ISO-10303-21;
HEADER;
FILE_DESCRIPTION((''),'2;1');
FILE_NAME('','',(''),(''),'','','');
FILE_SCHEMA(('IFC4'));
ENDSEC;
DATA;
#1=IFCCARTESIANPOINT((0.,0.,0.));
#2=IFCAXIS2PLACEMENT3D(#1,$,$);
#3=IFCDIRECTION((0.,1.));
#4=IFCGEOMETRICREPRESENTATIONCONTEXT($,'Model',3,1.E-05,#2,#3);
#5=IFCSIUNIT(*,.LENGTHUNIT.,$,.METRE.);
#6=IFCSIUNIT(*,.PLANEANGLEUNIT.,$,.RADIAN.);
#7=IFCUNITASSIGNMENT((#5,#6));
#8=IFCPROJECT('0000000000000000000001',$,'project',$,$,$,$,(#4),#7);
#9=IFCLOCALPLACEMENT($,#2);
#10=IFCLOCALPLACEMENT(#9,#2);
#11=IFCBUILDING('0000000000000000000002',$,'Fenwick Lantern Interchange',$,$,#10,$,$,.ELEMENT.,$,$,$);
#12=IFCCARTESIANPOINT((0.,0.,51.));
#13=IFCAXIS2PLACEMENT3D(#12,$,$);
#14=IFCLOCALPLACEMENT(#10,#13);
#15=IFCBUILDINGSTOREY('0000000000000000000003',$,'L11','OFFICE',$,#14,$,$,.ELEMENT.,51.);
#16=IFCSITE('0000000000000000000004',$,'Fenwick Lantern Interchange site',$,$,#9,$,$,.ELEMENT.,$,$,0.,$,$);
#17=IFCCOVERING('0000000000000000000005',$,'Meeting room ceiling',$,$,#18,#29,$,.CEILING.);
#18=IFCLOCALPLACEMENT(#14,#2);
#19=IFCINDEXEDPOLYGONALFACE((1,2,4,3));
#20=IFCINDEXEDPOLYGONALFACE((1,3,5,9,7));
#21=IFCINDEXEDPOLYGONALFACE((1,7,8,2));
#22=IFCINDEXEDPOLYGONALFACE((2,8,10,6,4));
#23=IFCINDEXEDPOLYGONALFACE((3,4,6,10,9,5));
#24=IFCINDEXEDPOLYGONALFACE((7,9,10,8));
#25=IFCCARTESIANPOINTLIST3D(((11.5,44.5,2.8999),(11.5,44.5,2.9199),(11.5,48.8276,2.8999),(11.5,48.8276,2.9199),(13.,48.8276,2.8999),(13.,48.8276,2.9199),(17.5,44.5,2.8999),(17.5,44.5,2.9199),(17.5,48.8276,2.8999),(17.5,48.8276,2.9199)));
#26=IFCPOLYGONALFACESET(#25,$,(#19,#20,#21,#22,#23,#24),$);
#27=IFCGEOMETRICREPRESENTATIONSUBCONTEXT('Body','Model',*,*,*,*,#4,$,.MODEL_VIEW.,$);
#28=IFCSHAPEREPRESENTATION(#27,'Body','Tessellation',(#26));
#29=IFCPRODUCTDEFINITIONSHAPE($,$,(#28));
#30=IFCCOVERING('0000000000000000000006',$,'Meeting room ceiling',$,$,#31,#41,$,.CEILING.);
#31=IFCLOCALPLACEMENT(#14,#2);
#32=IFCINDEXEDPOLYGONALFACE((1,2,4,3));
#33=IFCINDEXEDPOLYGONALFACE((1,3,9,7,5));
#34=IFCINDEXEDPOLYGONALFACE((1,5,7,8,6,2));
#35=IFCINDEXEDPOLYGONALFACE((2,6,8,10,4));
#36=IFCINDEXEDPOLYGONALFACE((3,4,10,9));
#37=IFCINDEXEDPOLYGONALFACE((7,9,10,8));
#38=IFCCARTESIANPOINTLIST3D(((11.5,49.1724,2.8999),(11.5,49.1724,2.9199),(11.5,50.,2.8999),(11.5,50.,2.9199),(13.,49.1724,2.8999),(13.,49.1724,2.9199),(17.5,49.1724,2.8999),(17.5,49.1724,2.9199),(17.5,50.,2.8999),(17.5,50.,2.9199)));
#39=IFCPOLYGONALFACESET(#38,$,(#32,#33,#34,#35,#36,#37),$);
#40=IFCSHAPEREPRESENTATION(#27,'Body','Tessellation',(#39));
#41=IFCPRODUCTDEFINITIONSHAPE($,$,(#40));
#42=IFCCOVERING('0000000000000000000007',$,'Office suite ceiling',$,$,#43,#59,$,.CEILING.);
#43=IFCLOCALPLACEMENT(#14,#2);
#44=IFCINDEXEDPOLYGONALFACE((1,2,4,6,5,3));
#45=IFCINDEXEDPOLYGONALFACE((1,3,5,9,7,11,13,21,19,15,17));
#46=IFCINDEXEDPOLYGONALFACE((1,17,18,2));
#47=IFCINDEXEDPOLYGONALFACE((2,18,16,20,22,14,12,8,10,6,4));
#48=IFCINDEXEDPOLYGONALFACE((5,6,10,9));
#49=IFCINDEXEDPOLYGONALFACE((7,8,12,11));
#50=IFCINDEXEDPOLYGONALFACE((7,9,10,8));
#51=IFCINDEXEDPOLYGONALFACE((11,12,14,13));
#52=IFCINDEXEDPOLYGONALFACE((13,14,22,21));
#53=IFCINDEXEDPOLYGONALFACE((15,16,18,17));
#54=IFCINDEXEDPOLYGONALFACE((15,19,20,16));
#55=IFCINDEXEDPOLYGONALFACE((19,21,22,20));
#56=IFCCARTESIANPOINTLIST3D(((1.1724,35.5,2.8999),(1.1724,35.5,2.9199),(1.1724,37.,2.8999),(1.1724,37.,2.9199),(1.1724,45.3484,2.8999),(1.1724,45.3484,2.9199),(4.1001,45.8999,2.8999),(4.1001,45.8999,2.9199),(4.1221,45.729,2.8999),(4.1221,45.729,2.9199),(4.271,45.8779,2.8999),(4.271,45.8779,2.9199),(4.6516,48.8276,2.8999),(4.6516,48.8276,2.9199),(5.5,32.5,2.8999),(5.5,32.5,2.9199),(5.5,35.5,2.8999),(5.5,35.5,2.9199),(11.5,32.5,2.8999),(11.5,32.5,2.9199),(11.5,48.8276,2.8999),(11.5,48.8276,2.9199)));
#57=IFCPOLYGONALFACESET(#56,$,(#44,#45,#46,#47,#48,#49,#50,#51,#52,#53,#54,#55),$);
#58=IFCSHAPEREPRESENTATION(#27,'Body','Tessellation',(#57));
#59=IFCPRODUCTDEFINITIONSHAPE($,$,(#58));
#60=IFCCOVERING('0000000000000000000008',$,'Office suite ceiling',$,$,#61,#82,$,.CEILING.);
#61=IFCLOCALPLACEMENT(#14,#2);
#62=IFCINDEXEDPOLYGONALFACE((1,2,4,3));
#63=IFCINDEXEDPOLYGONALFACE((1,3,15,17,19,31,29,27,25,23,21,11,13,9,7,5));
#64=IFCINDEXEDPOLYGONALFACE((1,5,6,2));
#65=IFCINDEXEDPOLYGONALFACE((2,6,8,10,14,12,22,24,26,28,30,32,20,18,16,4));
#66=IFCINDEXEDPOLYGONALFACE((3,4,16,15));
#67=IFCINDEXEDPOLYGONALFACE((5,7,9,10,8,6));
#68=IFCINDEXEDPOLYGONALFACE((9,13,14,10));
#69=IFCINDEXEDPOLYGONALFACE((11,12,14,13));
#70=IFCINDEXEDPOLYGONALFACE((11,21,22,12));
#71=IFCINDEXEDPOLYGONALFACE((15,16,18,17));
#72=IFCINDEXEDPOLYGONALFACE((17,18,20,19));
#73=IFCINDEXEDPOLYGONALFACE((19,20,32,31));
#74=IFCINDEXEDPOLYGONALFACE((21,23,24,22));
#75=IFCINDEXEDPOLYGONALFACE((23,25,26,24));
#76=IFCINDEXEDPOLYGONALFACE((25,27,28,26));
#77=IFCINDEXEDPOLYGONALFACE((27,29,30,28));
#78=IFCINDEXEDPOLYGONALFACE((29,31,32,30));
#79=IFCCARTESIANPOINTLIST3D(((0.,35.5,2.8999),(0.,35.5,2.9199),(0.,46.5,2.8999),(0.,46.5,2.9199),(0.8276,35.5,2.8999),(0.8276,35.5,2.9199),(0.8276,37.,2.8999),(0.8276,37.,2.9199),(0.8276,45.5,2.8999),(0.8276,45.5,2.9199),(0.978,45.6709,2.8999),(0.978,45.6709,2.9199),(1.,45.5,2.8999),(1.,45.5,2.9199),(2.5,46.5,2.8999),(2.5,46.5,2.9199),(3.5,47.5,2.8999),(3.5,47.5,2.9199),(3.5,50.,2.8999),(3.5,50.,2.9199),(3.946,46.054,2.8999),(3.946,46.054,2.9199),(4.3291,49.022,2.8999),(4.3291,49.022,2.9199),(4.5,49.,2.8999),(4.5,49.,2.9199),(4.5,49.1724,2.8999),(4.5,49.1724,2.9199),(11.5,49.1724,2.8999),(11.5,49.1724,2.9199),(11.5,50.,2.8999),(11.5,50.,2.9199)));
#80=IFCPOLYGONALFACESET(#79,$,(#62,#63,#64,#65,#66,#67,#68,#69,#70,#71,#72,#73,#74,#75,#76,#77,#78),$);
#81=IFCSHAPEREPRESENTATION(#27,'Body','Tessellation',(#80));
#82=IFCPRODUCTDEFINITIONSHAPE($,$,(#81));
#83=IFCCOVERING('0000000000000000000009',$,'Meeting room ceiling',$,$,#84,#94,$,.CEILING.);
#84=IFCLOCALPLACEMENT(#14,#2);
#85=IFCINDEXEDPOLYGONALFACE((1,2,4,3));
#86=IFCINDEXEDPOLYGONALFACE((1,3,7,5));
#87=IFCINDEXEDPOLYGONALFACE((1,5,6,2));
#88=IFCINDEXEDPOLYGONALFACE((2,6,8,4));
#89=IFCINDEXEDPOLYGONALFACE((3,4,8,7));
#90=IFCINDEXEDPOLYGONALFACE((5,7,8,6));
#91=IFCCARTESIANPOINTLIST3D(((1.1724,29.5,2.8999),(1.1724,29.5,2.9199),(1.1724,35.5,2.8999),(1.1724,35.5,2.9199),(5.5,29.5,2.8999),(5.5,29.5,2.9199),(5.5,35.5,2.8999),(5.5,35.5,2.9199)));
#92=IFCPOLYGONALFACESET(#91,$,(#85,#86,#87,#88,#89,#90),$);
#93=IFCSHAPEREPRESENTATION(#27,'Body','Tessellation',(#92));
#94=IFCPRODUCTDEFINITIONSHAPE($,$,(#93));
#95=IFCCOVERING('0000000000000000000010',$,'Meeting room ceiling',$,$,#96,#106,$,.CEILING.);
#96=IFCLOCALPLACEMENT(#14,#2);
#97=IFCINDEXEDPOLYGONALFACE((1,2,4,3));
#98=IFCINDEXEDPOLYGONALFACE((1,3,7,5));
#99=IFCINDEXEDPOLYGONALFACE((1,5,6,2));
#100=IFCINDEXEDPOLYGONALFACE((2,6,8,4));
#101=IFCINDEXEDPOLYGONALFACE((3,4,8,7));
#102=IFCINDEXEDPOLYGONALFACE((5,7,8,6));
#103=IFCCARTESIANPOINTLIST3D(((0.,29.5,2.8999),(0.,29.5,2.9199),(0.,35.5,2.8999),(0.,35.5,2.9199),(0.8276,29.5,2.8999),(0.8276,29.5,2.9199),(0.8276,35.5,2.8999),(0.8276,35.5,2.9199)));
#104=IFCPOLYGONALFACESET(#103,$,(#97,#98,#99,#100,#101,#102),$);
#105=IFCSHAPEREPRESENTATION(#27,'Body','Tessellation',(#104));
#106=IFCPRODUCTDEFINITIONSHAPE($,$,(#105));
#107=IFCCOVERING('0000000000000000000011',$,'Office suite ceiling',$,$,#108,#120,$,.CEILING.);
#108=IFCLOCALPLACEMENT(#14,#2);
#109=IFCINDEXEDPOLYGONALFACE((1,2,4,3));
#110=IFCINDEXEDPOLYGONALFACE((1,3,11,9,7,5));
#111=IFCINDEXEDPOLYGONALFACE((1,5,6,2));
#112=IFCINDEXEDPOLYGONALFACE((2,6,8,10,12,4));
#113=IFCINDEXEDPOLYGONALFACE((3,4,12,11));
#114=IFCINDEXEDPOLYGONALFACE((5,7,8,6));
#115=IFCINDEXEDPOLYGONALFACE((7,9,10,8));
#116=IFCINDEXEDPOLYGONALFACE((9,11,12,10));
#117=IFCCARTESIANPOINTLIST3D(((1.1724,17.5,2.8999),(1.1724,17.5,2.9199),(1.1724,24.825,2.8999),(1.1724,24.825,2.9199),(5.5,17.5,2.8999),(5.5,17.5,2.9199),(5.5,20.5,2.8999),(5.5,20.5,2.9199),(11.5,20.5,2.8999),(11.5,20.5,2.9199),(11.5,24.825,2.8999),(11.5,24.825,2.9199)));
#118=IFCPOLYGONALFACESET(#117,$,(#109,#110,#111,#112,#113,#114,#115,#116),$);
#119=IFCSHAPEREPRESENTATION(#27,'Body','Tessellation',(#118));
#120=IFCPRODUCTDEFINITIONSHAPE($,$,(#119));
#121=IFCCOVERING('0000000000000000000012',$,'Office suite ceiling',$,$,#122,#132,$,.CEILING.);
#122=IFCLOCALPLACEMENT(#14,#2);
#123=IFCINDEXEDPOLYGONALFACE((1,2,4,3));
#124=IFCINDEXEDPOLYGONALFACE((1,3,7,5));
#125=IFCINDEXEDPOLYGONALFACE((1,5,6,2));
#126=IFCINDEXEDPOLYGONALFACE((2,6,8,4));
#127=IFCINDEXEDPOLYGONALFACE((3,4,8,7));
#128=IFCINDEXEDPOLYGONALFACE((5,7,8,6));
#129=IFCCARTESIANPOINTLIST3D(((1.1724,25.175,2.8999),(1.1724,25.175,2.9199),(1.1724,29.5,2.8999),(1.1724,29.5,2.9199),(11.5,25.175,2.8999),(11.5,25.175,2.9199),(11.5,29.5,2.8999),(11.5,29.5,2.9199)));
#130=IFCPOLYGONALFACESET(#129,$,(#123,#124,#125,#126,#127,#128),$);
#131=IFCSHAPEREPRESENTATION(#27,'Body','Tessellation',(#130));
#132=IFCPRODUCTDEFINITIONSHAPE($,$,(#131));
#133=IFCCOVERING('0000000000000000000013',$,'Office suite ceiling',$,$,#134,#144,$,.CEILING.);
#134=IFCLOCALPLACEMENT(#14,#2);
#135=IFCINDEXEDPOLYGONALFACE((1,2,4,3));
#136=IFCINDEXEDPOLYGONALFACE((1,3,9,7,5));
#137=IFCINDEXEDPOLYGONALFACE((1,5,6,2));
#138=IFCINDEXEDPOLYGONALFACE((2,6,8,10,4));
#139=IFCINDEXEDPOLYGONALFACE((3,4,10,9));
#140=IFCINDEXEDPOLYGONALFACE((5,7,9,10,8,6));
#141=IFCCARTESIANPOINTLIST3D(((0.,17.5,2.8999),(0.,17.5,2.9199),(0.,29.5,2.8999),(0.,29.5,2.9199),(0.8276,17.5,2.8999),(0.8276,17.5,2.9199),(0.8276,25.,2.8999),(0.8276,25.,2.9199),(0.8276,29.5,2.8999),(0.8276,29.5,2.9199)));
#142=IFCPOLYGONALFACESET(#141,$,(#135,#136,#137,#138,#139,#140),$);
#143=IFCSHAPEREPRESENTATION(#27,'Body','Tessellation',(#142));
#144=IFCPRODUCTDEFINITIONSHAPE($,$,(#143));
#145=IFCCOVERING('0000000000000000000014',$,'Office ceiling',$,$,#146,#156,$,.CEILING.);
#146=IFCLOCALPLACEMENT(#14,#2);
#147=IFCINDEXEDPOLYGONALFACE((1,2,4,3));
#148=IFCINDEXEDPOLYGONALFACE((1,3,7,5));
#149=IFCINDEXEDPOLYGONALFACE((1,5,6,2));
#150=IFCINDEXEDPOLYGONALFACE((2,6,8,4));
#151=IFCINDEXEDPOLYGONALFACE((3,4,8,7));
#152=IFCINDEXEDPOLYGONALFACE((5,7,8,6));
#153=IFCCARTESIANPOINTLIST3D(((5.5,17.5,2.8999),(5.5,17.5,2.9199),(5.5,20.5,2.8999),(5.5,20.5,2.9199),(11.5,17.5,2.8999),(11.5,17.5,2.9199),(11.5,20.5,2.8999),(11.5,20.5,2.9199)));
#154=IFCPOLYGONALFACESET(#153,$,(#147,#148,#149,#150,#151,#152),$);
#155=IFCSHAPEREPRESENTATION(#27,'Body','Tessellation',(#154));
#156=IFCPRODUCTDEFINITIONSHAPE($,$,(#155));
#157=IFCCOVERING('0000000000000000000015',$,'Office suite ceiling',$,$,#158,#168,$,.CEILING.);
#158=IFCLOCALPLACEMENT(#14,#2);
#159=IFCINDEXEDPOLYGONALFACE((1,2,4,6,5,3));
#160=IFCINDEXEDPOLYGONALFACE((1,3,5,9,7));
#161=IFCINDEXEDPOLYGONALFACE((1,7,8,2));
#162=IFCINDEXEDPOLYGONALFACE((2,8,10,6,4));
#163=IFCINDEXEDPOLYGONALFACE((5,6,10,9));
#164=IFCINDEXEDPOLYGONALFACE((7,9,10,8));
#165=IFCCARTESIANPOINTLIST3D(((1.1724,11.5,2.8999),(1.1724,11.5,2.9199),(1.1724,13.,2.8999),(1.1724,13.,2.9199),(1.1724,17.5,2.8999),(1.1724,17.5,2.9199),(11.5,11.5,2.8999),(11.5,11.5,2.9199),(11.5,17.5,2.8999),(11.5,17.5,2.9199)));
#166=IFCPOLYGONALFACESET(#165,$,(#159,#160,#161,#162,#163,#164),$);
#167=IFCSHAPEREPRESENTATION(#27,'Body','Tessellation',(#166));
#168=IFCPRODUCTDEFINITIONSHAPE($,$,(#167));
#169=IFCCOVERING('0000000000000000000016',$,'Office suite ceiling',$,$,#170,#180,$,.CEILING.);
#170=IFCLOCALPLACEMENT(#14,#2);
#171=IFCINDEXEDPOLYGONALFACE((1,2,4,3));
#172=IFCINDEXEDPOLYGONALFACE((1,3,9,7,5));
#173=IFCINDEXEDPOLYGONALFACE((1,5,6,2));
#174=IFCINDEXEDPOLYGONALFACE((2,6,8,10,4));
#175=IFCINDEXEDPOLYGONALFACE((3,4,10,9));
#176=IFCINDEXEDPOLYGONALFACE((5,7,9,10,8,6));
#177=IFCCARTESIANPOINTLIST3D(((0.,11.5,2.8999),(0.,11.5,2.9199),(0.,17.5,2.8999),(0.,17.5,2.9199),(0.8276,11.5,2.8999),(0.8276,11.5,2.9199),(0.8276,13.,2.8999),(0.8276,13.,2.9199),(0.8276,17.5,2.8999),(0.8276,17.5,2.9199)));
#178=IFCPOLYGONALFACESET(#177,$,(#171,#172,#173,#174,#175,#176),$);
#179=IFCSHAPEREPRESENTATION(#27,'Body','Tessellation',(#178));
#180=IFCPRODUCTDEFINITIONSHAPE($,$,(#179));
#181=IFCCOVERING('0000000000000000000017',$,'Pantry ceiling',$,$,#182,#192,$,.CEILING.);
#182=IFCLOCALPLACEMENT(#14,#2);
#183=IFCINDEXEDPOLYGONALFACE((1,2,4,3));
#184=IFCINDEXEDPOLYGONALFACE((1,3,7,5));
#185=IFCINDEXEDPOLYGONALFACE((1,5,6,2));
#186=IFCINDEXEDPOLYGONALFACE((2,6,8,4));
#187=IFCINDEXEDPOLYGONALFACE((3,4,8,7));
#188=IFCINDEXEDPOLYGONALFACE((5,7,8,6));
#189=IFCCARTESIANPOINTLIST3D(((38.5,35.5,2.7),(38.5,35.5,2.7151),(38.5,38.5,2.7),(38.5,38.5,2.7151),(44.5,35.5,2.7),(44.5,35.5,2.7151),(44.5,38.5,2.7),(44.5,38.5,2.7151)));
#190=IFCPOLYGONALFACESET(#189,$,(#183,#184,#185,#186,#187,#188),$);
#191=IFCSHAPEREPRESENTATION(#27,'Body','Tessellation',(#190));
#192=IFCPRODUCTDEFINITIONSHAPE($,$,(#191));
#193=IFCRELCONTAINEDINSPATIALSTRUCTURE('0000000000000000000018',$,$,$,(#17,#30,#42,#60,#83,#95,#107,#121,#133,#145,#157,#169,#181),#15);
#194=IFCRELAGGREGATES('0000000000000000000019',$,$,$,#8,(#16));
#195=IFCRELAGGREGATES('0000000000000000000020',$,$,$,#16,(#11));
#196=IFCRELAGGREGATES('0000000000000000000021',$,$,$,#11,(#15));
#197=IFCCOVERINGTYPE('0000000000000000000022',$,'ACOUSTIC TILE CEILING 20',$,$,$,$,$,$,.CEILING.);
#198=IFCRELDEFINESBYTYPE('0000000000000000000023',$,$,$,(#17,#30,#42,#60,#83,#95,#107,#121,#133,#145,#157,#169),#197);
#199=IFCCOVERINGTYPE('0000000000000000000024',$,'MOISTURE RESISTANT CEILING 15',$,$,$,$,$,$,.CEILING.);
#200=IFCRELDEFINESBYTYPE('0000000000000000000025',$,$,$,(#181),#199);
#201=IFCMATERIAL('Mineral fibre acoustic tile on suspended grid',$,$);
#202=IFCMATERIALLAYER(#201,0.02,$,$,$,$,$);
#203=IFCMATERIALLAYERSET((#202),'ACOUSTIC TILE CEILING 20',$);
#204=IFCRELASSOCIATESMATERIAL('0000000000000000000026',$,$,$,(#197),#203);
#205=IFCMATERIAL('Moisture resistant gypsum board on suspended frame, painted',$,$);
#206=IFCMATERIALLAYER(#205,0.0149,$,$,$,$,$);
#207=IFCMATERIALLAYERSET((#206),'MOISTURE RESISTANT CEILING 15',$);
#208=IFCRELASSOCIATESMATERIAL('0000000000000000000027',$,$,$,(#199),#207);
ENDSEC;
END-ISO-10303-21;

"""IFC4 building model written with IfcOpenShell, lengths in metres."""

from ifc_helpers import new_model, si_unit, direction, frame, origin, place, context, subcontext, project, spatial, polyline, outline, extrude, material, layer, layer_set, type_object, element, save


model = new_model("IFC4")

# Units and contexts
model_context = context("Model", 3, precision=1e-05, world=origin(), true_north=direction((0.0, 1.0)))
body_context = subcontext(model_context, "Body", "Model", "MODEL_VIEW")
ifc_project = project(units=[si_unit("LENGTHUNIT", "METRE"), si_unit("PLANEANGLEUNIT", "RADIAN")], contexts=[model_context])

# Site, building, storey
site_placement = place(None, origin())
site = spatial("IfcSite", under=ifc_project, at=site_placement, Name="Fenwick Lantern Interchange site", CompositionType="ELEMENT", RefElevation=0.0)
building_placement = place(site_placement, origin())
building = spatial("IfcBuilding", under=site, at=building_placement, Name="Fenwick Lantern Interchange", CompositionType="ELEMENT")
storey_placement = place(building_placement, frame((0.0, 0.0, 51.0)))
storey = spatial("IfcBuildingStorey", under=building, at=storey_placement, Name="L11", Description="OFFICE", CompositionType="ELEMENT", Elevation=51.0)

# Coverings
ifc_material_1 = material(Name="Mineral fibre acoustic tile on suspended grid")
ifc_layer_1 = layer(ifc_material_1, 0.02)
ifc_layer_set_1 = layer_set([ifc_layer_1], Name="ACOUSTIC TILE CEILING 20")
covering_type_1 = type_object("IfcCoveringType", Name="ACOUSTIC TILE CEILING 20", PredefinedType="CEILING", material=ifc_layer_set_1)
covering_1_placement = place(storey_placement, frame((0.0, 0.0, 2.8999)))
element("IfcCovering", 1, at=covering_1_placement, inside=storey, type_object=covering_type_1, Name="Meeting room ceiling", PredefinedType="CEILING", context=body_context, shape_type="SweptSolid", body=[
    extrude(outline(polyline([(17.5, 44.5), (17.5, 48.8276), (13.0, 48.8276), (11.5, 48.8276), (11.5, 44.5), (17.5, 44.5)])), origin(), (0.0, 0.0, 1.0), 0.02),
])
covering_2_placement = place(storey_placement, frame((0.0, 0.0, 2.8999)))
element("IfcCovering", 2, at=covering_2_placement, inside=storey, type_object=covering_type_1, Name="Meeting room ceiling", PredefinedType="CEILING", context=body_context, shape_type="SweptSolid", body=[
    extrude(outline(polyline([(11.5, 50.0), (11.5, 49.1724), (13.0, 49.1724), (17.5, 49.1724), (17.5, 50.0), (11.5, 50.0)])), origin(), (0.0, 0.0, 1.0), 0.02),
])
covering_3_placement = place(storey_placement, frame((0.0, 0.0, 2.8999)))
element("IfcCovering", 3, at=covering_3_placement, inside=storey, type_object=covering_type_1, Name="Office suite ceiling", PredefinedType="CEILING", context=body_context, shape_type="SweptSolid", body=[
    extrude(outline(polyline([(11.5, 32.5), (11.5, 48.8276), (4.6516, 48.8276), (4.271, 45.8779), (4.1001, 45.8999), (4.1221, 45.729), (1.1724, 45.3484), (1.1724, 37.0), (1.1724, 35.5), (5.5, 35.5), (5.5, 32.5), (11.5, 32.5)])), origin(), (0.0, 0.0, 1.0), 0.02),
])
covering_4_placement = place(storey_placement, frame((0.0, 0.0, 2.8999)))
element("IfcCovering", 4, at=covering_4_placement, inside=storey, type_object=covering_type_1, Name="Office suite ceiling", PredefinedType="CEILING", context=body_context, shape_type="SweptSolid", body=[
    extrude(outline(polyline([(3.5, 47.5), (2.5, 46.5), (0.0, 46.5), (0.0, 35.5), (0.8276, 35.5), (0.8276, 37.0), (0.8276, 45.5), (1.0, 45.5), (0.978, 45.6709), (3.946, 46.054), (4.3291, 49.022), (4.5, 49.0), (4.5, 49.1724), (11.5, 49.1724), (11.5, 50.0), (3.5, 50.0), (3.5, 47.5)])), origin(), (0.0, 0.0, 1.0), 0.02),
])
covering_5_placement = place(storey_placement, frame((0.0, 0.0, 2.8999)))
element("IfcCovering", 5, at=covering_5_placement, inside=storey, type_object=covering_type_1, Name="Meeting room ceiling", PredefinedType="CEILING", context=body_context, shape_type="SweptSolid", body=[
    extrude(outline(polyline([(5.5, 35.5), (1.1724, 35.5), (1.1724, 29.5), (5.5, 29.5), (5.5, 35.5)])), origin(), (0.0, 0.0, 1.0), 0.02),
])
covering_6_placement = place(storey_placement, frame((0.0, 0.0, 2.8999)))
element("IfcCovering", 6, at=covering_6_placement, inside=storey, type_object=covering_type_1, Name="Meeting room ceiling", PredefinedType="CEILING", context=body_context, shape_type="SweptSolid", body=[
    extrude(outline(polyline([(0.0, 29.5), (0.8276, 29.5), (0.8276, 35.5), (0.0, 35.5), (0.0, 29.5)])), origin(), (0.0, 0.0, 1.0), 0.02),
])
covering_7_placement = place(storey_placement, frame((0.0, 0.0, 2.8999)))
element("IfcCovering", 7, at=covering_7_placement, inside=storey, type_object=covering_type_1, Name="Office suite ceiling", PredefinedType="CEILING", context=body_context, shape_type="SweptSolid", body=[
    extrude(outline(polyline([(11.5, 20.5), (11.5, 24.825), (1.1724, 24.825), (1.1724, 17.5), (5.5, 17.5), (5.5, 20.5), (11.5, 20.5)])), origin(), (0.0, 0.0, 1.0), 0.02),
])
covering_8_placement = place(storey_placement, frame((0.0, 0.0, 2.8999)))
element("IfcCovering", 8, at=covering_8_placement, inside=storey, type_object=covering_type_1, Name="Office suite ceiling", PredefinedType="CEILING", context=body_context, shape_type="SweptSolid", body=[
    extrude(outline(polyline([(11.5, 29.5), (1.1724, 29.5), (1.1724, 25.175), (11.5, 25.175), (11.5, 29.5)])), origin(), (0.0, 0.0, 1.0), 0.02),
])
covering_9_placement = place(storey_placement, frame((0.0, 0.0, 2.8999)))
element("IfcCovering", 9, at=covering_9_placement, inside=storey, type_object=covering_type_1, Name="Office suite ceiling", PredefinedType="CEILING", context=body_context, shape_type="SweptSolid", body=[
    extrude(outline(polyline([(0.8276, 29.5), (0.0, 29.5), (0.0, 17.5), (0.8276, 17.5), (0.8276, 25.0), (0.8276, 29.5)])), origin(), (0.0, 0.0, 1.0), 0.02),
])
covering_10_placement = place(storey_placement, frame((0.0, 0.0, 2.8999)))
element("IfcCovering", 10, at=covering_10_placement, inside=storey, type_object=covering_type_1, Name="Office ceiling", PredefinedType="CEILING", context=body_context, shape_type="SweptSolid", body=[
    extrude(outline(polyline([(5.5, 20.5), (5.5, 17.5), (11.5, 17.5), (11.5, 20.5), (5.5, 20.5)])), origin(), (0.0, 0.0, 1.0), 0.02),
])
covering_11_placement = place(storey_placement, frame((0.0, 0.0, 2.8999)))
element("IfcCovering", 11, at=covering_11_placement, inside=storey, type_object=covering_type_1, Name="Office suite ceiling", PredefinedType="CEILING", context=body_context, shape_type="SweptSolid", body=[
    extrude(outline(polyline([(11.5, 17.5), (1.1724, 17.5), (1.1724, 13.0), (1.1724, 11.5), (11.5, 11.5), (11.5, 17.5)])), origin(), (0.0, 0.0, 1.0), 0.02),
])
covering_12_placement = place(storey_placement, frame((0.0, 0.0, 2.8999)))
element("IfcCovering", 12, at=covering_12_placement, inside=storey, type_object=covering_type_1, Name="Office suite ceiling", PredefinedType="CEILING", context=body_context, shape_type="SweptSolid", body=[
    extrude(outline(polyline([(0.0, 17.5), (0.0, 11.5), (0.8276, 11.5), (0.8276, 13.0), (0.8276, 17.5), (0.0, 17.5)])), origin(), (0.0, 0.0, 1.0), 0.02),
])
ifc_material_2 = material(Name="Moisture resistant gypsum board on suspended frame, painted")
ifc_layer_2 = layer(ifc_material_2, 0.0149)
ifc_layer_set_2 = layer_set([ifc_layer_2], Name="MOISTURE RESISTANT CEILING 15")
covering_type_2 = type_object("IfcCoveringType", Name="MOISTURE RESISTANT CEILING 15", PredefinedType="CEILING", material=ifc_layer_set_2)
covering_13_placement = place(storey_placement, frame((0.0, 0.0, 2.7)))
element("IfcCovering", 13, at=covering_13_placement, inside=storey, type_object=covering_type_2, Name="Pantry ceiling", PredefinedType="CEILING", context=body_context, shape_type="SweptSolid", body=[
    extrude(outline(polyline([(44.5, 35.5), (44.5, 38.5), (38.5, 38.5), (38.5, 35.5), (44.5, 35.5)])), origin(), (0.0, 0.0, 1.0), 0.0151),
])

save(model, "model.ifc")
